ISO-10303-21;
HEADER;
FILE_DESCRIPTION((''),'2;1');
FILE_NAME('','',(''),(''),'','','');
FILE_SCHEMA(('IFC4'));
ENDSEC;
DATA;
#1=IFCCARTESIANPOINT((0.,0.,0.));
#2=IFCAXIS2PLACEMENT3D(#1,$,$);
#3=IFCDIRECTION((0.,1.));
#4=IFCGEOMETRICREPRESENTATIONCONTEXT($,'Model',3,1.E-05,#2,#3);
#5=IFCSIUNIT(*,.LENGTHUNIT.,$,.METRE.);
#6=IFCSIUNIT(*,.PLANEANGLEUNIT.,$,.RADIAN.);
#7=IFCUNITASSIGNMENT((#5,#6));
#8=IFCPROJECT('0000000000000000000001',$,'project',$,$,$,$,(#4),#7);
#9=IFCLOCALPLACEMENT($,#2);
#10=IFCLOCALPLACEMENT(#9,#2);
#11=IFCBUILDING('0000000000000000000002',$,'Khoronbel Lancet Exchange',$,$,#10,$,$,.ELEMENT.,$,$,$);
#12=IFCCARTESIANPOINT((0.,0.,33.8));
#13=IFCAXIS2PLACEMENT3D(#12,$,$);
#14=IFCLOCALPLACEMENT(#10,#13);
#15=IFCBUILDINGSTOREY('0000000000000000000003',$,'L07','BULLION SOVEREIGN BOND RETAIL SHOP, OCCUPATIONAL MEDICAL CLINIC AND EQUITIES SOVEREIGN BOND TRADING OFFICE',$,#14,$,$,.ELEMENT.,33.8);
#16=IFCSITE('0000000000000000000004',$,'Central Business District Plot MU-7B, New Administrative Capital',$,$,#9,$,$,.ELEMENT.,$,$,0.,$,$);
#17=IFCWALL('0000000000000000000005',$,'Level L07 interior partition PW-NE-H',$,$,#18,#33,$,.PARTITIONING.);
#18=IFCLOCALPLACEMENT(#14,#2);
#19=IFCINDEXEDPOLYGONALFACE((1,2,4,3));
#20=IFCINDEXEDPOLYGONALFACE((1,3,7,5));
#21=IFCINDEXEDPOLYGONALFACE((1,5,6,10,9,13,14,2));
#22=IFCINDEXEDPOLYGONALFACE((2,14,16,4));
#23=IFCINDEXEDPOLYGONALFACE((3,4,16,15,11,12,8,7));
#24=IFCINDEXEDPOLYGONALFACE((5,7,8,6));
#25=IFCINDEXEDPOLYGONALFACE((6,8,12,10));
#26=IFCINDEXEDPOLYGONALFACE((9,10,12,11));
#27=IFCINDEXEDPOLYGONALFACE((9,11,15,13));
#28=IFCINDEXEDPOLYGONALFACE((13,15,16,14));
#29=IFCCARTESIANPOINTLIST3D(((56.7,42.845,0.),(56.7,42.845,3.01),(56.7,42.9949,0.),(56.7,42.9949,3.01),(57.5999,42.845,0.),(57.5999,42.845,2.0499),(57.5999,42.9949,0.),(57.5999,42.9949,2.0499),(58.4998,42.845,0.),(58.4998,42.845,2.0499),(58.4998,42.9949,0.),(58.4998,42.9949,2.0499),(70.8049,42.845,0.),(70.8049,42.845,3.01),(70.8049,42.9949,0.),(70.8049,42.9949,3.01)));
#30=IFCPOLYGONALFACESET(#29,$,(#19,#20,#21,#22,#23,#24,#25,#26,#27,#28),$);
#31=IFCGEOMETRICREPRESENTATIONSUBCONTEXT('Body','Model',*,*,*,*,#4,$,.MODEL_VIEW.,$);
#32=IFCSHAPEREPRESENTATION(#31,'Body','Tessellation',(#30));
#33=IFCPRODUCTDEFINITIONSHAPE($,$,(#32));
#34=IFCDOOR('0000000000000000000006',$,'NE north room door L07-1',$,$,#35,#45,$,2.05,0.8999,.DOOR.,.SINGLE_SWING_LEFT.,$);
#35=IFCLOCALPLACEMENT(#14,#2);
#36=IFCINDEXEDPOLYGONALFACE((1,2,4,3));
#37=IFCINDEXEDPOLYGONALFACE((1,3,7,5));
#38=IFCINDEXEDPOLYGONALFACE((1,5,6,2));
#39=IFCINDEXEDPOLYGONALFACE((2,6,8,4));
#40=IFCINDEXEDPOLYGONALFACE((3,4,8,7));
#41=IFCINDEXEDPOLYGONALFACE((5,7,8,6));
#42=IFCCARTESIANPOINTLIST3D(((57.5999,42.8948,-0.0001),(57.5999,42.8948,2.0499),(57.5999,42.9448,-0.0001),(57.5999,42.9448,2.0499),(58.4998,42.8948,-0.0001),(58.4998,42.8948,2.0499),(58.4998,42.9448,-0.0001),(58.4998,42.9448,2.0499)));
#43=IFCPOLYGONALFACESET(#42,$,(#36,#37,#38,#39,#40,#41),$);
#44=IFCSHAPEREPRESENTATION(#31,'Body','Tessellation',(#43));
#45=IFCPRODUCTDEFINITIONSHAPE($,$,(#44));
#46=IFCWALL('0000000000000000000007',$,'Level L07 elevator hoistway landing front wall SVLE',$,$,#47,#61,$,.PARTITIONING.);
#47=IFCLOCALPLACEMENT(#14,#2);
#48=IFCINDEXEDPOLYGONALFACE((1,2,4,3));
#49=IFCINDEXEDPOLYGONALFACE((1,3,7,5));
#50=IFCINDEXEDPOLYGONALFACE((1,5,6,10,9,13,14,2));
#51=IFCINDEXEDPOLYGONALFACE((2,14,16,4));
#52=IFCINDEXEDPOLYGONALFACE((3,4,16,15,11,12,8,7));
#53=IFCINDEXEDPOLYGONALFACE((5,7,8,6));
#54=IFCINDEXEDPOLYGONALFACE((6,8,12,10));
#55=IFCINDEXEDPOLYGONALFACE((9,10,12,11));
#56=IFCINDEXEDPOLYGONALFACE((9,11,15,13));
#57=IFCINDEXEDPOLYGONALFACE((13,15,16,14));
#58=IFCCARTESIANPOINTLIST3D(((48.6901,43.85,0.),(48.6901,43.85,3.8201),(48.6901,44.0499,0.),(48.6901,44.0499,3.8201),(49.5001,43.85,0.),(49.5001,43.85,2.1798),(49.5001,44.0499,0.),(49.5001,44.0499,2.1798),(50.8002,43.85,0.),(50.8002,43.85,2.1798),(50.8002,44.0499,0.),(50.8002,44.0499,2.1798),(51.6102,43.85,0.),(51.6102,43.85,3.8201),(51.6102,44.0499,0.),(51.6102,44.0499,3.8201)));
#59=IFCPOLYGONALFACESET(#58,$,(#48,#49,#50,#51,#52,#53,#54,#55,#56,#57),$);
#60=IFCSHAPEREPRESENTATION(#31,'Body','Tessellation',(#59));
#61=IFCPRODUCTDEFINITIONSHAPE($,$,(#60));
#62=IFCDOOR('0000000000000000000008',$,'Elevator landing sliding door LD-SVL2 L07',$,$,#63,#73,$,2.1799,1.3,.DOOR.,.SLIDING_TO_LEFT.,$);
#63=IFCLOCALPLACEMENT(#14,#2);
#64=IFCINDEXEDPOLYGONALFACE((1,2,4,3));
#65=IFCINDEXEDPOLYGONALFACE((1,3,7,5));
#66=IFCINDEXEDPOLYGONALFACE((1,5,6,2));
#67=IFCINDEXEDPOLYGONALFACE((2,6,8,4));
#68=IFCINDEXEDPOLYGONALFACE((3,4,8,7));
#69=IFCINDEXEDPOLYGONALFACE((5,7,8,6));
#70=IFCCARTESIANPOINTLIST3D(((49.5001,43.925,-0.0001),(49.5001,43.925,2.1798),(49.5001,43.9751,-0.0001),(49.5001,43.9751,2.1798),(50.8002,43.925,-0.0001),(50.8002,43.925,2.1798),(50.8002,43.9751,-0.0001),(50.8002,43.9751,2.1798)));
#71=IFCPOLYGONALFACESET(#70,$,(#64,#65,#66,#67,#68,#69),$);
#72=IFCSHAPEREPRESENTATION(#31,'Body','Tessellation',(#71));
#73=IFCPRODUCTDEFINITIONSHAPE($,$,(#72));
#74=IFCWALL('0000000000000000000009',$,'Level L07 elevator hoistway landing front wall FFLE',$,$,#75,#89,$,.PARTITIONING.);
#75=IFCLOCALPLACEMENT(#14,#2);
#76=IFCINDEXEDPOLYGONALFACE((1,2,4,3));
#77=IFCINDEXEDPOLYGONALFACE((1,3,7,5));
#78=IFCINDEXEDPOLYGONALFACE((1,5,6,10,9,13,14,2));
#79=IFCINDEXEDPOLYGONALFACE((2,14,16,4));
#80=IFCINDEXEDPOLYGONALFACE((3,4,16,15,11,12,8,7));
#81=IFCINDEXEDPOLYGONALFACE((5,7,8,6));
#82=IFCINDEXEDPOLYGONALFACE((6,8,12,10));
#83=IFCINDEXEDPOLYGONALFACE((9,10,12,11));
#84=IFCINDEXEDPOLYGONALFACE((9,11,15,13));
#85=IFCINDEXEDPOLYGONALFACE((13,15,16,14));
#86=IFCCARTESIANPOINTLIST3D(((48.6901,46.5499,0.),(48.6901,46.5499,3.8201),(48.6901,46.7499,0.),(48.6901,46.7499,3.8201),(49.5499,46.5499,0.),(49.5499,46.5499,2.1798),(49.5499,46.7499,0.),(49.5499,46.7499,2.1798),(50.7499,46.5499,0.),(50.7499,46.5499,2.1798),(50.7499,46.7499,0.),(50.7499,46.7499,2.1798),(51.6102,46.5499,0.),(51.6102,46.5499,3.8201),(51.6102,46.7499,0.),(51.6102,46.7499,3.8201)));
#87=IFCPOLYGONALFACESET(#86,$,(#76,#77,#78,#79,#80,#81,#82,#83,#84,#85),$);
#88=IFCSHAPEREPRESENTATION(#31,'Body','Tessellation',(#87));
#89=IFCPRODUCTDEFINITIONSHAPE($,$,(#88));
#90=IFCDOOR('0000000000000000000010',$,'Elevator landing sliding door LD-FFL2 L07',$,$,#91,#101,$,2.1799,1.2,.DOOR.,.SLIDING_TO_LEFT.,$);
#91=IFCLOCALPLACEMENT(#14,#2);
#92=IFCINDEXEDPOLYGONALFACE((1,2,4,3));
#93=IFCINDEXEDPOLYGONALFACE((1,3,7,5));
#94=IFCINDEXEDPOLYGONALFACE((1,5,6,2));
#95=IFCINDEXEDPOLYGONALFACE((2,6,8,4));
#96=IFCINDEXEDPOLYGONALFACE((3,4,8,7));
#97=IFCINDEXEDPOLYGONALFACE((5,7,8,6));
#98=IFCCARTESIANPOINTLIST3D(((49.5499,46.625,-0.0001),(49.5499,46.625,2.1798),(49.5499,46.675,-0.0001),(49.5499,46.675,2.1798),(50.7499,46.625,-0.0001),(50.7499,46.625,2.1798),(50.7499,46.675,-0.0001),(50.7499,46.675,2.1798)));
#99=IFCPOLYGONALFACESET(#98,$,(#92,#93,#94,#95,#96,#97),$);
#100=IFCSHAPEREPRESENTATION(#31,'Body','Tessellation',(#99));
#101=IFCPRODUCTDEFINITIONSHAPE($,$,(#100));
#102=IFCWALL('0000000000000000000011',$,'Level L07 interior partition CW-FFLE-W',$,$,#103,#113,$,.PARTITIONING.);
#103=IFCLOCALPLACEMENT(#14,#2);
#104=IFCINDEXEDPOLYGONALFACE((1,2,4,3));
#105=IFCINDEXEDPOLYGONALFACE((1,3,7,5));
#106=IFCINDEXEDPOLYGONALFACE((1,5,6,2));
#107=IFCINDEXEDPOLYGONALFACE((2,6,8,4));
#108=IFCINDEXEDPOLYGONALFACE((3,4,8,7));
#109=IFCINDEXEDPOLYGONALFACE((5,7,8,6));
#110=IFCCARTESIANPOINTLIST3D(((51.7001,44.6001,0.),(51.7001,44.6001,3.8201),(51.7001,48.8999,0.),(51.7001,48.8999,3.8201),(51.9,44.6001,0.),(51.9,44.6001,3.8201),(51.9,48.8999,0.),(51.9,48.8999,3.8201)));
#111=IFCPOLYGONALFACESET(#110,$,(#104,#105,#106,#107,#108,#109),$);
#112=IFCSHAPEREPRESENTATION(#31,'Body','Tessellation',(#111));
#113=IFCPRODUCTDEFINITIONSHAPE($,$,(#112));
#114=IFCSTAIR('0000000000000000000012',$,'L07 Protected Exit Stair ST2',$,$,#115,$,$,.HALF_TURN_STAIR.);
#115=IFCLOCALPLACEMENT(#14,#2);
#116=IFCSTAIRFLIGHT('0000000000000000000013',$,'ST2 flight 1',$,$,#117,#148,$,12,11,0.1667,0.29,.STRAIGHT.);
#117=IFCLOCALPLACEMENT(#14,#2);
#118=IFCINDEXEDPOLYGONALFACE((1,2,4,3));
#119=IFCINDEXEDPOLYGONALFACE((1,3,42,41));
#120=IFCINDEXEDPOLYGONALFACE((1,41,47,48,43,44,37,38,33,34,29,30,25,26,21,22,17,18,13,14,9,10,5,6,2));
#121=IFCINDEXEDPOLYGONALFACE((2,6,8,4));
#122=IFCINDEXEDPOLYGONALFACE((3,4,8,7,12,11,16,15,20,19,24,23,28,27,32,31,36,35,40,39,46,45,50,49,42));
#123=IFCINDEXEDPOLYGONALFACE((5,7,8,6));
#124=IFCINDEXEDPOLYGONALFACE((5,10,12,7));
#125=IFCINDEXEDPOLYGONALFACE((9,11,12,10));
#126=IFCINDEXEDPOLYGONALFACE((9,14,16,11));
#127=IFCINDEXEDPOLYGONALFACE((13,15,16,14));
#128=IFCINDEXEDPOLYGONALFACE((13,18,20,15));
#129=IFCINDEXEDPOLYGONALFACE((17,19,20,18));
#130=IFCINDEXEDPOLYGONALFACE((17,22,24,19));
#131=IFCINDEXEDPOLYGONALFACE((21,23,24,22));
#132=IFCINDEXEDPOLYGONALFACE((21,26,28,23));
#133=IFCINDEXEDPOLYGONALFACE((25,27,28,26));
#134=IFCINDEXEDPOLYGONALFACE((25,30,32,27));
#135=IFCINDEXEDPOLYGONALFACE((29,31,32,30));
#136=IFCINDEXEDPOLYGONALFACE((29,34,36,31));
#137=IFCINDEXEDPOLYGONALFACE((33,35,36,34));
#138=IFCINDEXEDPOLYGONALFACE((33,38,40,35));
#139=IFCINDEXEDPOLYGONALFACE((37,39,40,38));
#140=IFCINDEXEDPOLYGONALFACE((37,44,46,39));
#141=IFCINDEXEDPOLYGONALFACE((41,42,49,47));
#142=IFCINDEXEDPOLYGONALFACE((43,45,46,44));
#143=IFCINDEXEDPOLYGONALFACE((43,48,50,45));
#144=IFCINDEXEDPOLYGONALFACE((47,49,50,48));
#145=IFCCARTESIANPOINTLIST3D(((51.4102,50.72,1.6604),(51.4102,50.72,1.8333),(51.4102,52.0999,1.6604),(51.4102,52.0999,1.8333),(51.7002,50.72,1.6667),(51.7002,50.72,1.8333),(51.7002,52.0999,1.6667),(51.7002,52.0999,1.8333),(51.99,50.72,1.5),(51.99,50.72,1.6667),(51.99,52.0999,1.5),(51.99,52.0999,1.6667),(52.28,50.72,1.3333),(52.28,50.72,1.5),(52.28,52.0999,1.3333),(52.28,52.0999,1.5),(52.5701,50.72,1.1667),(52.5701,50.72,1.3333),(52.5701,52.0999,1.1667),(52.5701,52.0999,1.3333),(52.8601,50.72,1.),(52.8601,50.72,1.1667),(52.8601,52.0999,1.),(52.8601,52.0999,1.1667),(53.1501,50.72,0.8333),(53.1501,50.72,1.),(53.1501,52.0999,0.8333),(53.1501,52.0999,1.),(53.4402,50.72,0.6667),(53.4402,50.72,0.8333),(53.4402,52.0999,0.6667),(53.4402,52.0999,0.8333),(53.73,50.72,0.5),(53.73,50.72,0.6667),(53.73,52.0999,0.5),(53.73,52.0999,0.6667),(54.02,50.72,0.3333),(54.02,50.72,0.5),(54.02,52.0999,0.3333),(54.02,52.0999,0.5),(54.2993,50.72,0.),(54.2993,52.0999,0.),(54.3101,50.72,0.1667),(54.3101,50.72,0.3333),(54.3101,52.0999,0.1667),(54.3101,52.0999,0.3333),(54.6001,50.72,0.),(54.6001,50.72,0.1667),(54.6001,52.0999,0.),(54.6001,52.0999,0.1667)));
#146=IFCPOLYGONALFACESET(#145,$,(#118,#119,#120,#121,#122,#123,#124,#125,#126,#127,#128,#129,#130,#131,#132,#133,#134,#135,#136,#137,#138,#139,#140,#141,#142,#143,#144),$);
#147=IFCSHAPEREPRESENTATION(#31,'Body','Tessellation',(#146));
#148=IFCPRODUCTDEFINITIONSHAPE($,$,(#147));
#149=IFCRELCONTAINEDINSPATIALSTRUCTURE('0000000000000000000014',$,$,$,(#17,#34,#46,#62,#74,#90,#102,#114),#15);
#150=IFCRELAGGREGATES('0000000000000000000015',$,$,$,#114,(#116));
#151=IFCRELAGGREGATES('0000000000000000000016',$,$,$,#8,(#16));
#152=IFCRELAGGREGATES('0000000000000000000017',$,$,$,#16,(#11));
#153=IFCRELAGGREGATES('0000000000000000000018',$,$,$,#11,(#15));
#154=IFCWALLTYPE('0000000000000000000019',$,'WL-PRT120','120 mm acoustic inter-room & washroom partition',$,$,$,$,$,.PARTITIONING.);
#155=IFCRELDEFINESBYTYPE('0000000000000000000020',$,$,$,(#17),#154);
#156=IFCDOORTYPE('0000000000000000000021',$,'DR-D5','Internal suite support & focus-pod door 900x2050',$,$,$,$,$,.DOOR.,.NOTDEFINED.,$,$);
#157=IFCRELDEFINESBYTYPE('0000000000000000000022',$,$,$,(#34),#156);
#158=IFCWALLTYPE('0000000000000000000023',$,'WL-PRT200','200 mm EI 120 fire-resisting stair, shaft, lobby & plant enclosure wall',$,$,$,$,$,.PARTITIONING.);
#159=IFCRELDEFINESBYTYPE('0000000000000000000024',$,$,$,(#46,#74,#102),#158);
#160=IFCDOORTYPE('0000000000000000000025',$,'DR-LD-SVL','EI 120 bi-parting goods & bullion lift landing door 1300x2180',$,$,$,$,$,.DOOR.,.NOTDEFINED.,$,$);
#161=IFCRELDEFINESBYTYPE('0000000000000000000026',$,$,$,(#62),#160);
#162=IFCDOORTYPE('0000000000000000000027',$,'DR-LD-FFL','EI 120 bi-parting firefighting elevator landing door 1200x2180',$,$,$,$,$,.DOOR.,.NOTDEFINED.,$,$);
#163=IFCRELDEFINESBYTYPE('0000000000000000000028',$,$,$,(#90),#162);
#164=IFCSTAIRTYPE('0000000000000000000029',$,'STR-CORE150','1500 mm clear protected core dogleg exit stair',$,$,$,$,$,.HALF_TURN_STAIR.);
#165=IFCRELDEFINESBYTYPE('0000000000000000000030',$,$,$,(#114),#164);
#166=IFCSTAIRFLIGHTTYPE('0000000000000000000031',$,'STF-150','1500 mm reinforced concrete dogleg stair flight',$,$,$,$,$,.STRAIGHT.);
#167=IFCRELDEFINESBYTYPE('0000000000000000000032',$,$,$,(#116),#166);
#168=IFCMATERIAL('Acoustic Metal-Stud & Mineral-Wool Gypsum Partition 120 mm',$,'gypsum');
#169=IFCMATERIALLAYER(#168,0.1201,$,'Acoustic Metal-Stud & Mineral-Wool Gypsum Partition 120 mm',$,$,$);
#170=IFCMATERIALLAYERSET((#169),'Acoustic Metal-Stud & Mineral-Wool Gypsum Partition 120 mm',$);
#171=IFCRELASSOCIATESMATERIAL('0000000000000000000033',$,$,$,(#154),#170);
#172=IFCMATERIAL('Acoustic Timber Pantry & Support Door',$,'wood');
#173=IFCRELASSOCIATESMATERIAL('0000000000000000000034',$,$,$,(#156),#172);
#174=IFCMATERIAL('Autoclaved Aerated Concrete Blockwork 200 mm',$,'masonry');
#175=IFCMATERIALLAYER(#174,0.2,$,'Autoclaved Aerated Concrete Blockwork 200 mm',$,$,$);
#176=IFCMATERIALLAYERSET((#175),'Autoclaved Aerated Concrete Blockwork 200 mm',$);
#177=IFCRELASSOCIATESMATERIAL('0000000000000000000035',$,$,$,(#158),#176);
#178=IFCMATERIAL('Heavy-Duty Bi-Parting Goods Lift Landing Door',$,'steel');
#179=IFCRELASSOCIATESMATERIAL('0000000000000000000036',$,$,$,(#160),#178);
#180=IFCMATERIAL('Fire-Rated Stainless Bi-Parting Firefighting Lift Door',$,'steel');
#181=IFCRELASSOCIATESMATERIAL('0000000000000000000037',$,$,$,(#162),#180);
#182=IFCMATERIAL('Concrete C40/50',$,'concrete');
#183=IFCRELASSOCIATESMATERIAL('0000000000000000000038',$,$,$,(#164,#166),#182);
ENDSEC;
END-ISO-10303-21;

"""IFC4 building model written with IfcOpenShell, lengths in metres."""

from ifc_helpers import new_model, si_unit, direction, frame, frame_2d, origin, place, context, subcontext, project, spatial, polyline, rectangle, outline, extrude, material, layer, layer_set, type_object, element, fill, aggregate, save


model = new_model("IFC4")

# Units and contexts
model_context = context("Model", 3, precision=1e-05, world=origin(), true_north=direction((0.0, 1.0)))
body_context = subcontext(model_context, "Body", "Model", "MODEL_VIEW")
ifc_project = project(units=[si_unit("LENGTHUNIT", "METRE"), si_unit("PLANEANGLEUNIT", "RADIAN")], contexts=[model_context])

# Site, building, storey
site_placement = place(None, origin())
site = spatial("IfcSite", under=ifc_project, at=site_placement, Name="Central Business District Plot MU-7B, New Administrative Capital", CompositionType="ELEMENT", RefElevation=0.0)
building_placement = place(site_placement, origin())
building = spatial("IfcBuilding", under=site, at=building_placement, Name="Khoronbel Lancet Exchange", CompositionType="ELEMENT")
storey_placement = place(building_placement, frame((0.0, 0.0, 33.8)))
storey = spatial("IfcBuildingStorey", under=building, at=storey_placement, Name="L07", Description="BULLION SOVEREIGN BOND RETAIL SHOP, OCCUPATIONAL MEDICAL CLINIC AND EQUITIES SOVEREIGN BOND TRADING OFFICE", CompositionType="ELEMENT", Elevation=33.8)

# Shared definitions
ifc_material_1 = material(Name="Acoustic Metal-Stud & Mineral-Wool Gypsum Partition 120 mm", Category="gypsum")
ifc_layer_1 = layer(ifc_material_1, 0.1201, Name="Acoustic Metal-Stud & Mineral-Wool Gypsum Partition 120 mm")
ifc_layer_set_1 = layer_set([ifc_layer_1], Name="Acoustic Metal-Stud & Mineral-Wool Gypsum Partition 120 mm")
wall_type_1 = type_object("IfcWallType", Name="WL-PRT120", Description="120 mm acoustic inter-room & washroom partition", PredefinedType="PARTITIONING", material=ifc_layer_set_1)

# Walls, openings, doors
wall_1_placement = place(storey_placement, frame((56.7, 42.9199, 0.0), z_axis=(0.0, 0.0, 1.0), x_axis=(1.0, 0.0, 0.0)))
wall_1 = element("IfcWall", 1, at=wall_1_placement, inside=storey, type_object=wall_type_1, Name="Level L07 interior partition PW-NE-H", PredefinedType="PARTITIONING", context=body_context, shape_type="SweptSolid", body=[
    extrude(rectangle(XDim=14.105, YDim=0.1499, at=frame_2d((7.0525, 0.0))), origin(), (0.0, 0.0, 1.0), 3.01),
])
opening_1_placement = place(wall_1_placement, frame((0.8999, 0.0, 0.0)))
opening_1 = element("IfcOpeningElement", 2, at=opening_1_placement, cuts=wall_1, PredefinedType="OPENING", context=body_context, shape_type="SweptSolid", body=[
    extrude(rectangle(XDim=0.8999, YDim=2.05, at=frame_2d((0.45, 1.0249))), frame((0.0, 0.085, 0.0), z_axis=(0.0, -1.0, 0.0), x_axis=(1.0, 0.0, 0.0)), (0.0, 0.0, 1.0), 0.1699),
])
ifc_material_2 = material(Name="Acoustic Timber Pantry & Support Door", Category="wood")
door_type_1 = type_object("IfcDoorType", Name="DR-D5", Description="Internal suite support & focus-pod door 900x2050", OperationType="NOTDEFINED", PredefinedType="DOOR", material=ifc_material_2)
door_1_placement = place(opening_1_placement, origin())
door_1 = element("IfcDoor", 3, at=door_1_placement, inside=storey, type_object=door_type_1, Name="NE north room door L07-1", OperationType="SINGLE_SWING_LEFT", OverallHeight=2.05, OverallWidth=0.8999, PredefinedType="DOOR", context=body_context, shape_type="SweptSolid", body=[
    extrude(rectangle(XDim=0.8999, YDim=2.05, at=frame_2d((0.45, 1.0249))), frame((0.0, 0.0249, 0.0), z_axis=(0.0, -1.0, 0.0), x_axis=(1.0, 0.0, 0.0)), (0.0, 0.0, 1.0), 0.05),
])
fill(opening_1, door_1)
ifc_material_3 = material(Name="Autoclaved Aerated Concrete Blockwork 200 mm", Category="masonry")
ifc_layer_2 = layer(ifc_material_3, 0.2, Name="Autoclaved Aerated Concrete Blockwork 200 mm")
ifc_layer_set_2 = layer_set([ifc_layer_2], Name="Autoclaved Aerated Concrete Blockwork 200 mm")
wall_type_2 = type_object("IfcWallType", Name="WL-PRT200", Description="200 mm EI 120 fire-resisting stair, shaft, lobby & plant enclosure wall", PredefinedType="PARTITIONING", material=ifc_layer_set_2)
wall_2_placement = place(storey_placement, frame((51.6101, 43.95, 0.0), z_axis=(0.0, 0.0, 1.0), x_axis=(-1.0, 0.0, 0.0)))
wall_2 = element("IfcWall", 4, at=wall_2_placement, inside=storey, type_object=wall_type_2, Name="Level L07 elevator hoistway landing front wall SVLE", PredefinedType="PARTITIONING", context=body_context, shape_type="SweptSolid", body=[
    extrude(rectangle(XDim=2.9202, YDim=0.2, at=frame_2d((1.46, 0.0))), origin(), (0.0, 0.0, 1.0), 3.8201),
])
opening_2_placement = place(wall_2_placement, frame((0.8101, 0.0, 0.0)))
opening_2 = element("IfcOpeningElement", 5, at=opening_2_placement, cuts=wall_2, PredefinedType="OPENING", context=body_context, shape_type="SweptSolid", body=[
    extrude(rectangle(XDim=1.3, YDim=2.1799, at=frame_2d((0.6499, 1.0898))), frame((0.0, 0.1099, 0.0), z_axis=(0.0, -1.0, 0.0), x_axis=(1.0, 0.0, 0.0)), (0.0, 0.0, 1.0), 0.22),
])
ifc_material_4 = material(Name="Heavy-Duty Bi-Parting Goods Lift Landing Door", Category="steel")
door_type_2 = type_object("IfcDoorType", Name="DR-LD-SVL", Description="EI 120 bi-parting goods & bullion lift landing door 1300x2180", OperationType="NOTDEFINED", PredefinedType="DOOR", material=ifc_material_4)
door_2_placement = place(opening_2_placement, origin())
door_2 = element("IfcDoor", 6, at=door_2_placement, inside=storey, type_object=door_type_2, Name="Elevator landing sliding door LD-SVL2 L07", OperationType="SLIDING_TO_LEFT", OverallHeight=2.1799, OverallWidth=1.3, PredefinedType="DOOR", context=body_context, shape_type="SweptSolid", body=[
    extrude(rectangle(XDim=1.3, YDim=2.1799, at=frame_2d((0.6499, 1.0898))), frame((0.0, 0.0249, 0.0), z_axis=(0.0, -1.0, 0.0), x_axis=(1.0, 0.0, 0.0)), (0.0, 0.0, 1.0), 0.05),
])
fill(opening_2, door_2)
wall_3_placement = place(storey_placement, frame((51.6101, 46.6499, 0.0), z_axis=(0.0, 0.0, 1.0), x_axis=(-1.0, 0.0, 0.0)))
wall_3 = element("IfcWall", 7, at=wall_3_placement, inside=storey, type_object=wall_type_2, Name="Level L07 elevator hoistway landing front wall FFLE", PredefinedType="PARTITIONING", context=body_context, shape_type="SweptSolid", body=[
    extrude(rectangle(XDim=2.9202, YDim=0.2, at=frame_2d((1.46, 0.0))), origin(), (0.0, 0.0, 1.0), 3.8201),
])
opening_3_placement = place(wall_3_placement, frame((0.8601, 0.0, 0.0)))
opening_3 = element("IfcOpeningElement", 8, at=opening_3_placement, cuts=wall_3, PredefinedType="OPENING", context=body_context, shape_type="SweptSolid", body=[
    extrude(rectangle(XDim=1.2, YDim=2.1799, at=frame_2d((0.6001, 1.0898))), frame((0.0, 0.1099, 0.0), z_axis=(0.0, -1.0, 0.0), x_axis=(1.0, 0.0, 0.0)), (0.0, 0.0, 1.0), 0.22),
])
ifc_material_5 = material(Name="Fire-Rated Stainless Bi-Parting Firefighting Lift Door", Category="steel")
door_type_3 = type_object("IfcDoorType", Name="DR-LD-FFL", Description="EI 120 bi-parting firefighting elevator landing door 1200x2180", OperationType="NOTDEFINED", PredefinedType="DOOR", material=ifc_material_5)
door_3_placement = place(opening_3_placement, origin())
door_3 = element("IfcDoor", 9, at=door_3_placement, inside=storey, type_object=door_type_3, Name="Elevator landing sliding door LD-FFL2 L07", OperationType="SLIDING_TO_LEFT", OverallHeight=2.1799, OverallWidth=1.2, PredefinedType="DOOR", context=body_context, shape_type="SweptSolid", body=[
    extrude(rectangle(XDim=1.2, YDim=2.1799, at=frame_2d((0.6001, 1.0898))), frame((0.0, 0.0249, 0.0), z_axis=(0.0, -1.0, 0.0), x_axis=(1.0, 0.0, 0.0)), (0.0, 0.0, 1.0), 0.05),
])
fill(opening_3, door_3)

# Wall
wall_4_placement = place(storey_placement, frame((51.8, 44.6001, 0.0), z_axis=(0.0, 0.0, 1.0), x_axis=(0.0, 1.0, 0.0)))
element("IfcWall", 10, at=wall_4_placement, inside=storey, type_object=wall_type_2, Name="Level L07 interior partition CW-FFLE-W", PredefinedType="PARTITIONING", context=body_context, shape_type="SweptSolid", body=[
    extrude(rectangle(XDim=4.2998, YDim=0.2, at=frame_2d((2.1499, 0.0))), origin(), (0.0, 0.0, 1.0), 3.8201),
])

# Stair, stair flight
ifc_material_6 = material(Name="Concrete C40/50", Category="concrete")
stair_type = type_object("IfcStairType", Name="STR-CORE150", Description="1500 mm clear protected core dogleg exit stair", PredefinedType="HALF_TURN_STAIR", material=ifc_material_6)
stair_placement = place(storey_placement, origin())
stair = element("IfcStair", 11, at=stair_placement, inside=storey, type_object=stair_type, Name="L07 Protected Exit Stair ST2", PredefinedType="HALF_TURN_STAIR")
stair_flight_type = type_object("IfcStairFlightType", Name="STF-150", Description="1500 mm reinforced concrete dogleg stair flight", PredefinedType="STRAIGHT", material=ifc_material_6)
stair_flight_placement = place(storey_placement, frame((54.6001, 51.4099, 0.0), z_axis=(0.0, 0.0, 1.0), x_axis=(-1.0, 0.0, 0.0)))
stair_flight = element("IfcStairFlight", 12, at=stair_flight_placement, type_object=stair_flight_type, Name="ST2 flight 1", NumberOfRisers=12, NumberOfTreads=11, PredefinedType="STRAIGHT", RiserHeight=0.1667, TreadLength=0.29, context=body_context, shape_type="SweptSolid", body=[
    extrude(outline(polyline([(0.0, 0.0), (0.0, 0.1667), (0.29, 0.1667), (0.29, 0.3333), (0.5801, 0.3333), (0.5801, 0.5), (0.8701, 0.5), (0.8701, 0.6667), (1.1599, 0.6667), (1.1599, 0.8333), (1.45, 0.8333), (1.45, 1.0), (1.74, 1.0), (1.74, 1.1667), (2.03, 1.1667), (2.03, 1.3333), (2.3201, 1.3333), (2.3201, 1.5), (2.6101, 1.5), (2.6101, 1.6667), (2.8999, 1.6667), (2.8999, 1.8333), (3.1899, 1.8333), (3.1899, 2.0), (3.1899, 1.6604), (0.3008, 0.0), (0.0, 0.0)])), frame((0.0, 0.6899, 0.0), z_axis=(0.0, -1.0, 0.0), x_axis=(1.0, 0.0, 0.0)), (0.0, 0.0, 1.0), 1.3799),
])
aggregate(stair, [stair_flight])

save(model, "model.ifc")
